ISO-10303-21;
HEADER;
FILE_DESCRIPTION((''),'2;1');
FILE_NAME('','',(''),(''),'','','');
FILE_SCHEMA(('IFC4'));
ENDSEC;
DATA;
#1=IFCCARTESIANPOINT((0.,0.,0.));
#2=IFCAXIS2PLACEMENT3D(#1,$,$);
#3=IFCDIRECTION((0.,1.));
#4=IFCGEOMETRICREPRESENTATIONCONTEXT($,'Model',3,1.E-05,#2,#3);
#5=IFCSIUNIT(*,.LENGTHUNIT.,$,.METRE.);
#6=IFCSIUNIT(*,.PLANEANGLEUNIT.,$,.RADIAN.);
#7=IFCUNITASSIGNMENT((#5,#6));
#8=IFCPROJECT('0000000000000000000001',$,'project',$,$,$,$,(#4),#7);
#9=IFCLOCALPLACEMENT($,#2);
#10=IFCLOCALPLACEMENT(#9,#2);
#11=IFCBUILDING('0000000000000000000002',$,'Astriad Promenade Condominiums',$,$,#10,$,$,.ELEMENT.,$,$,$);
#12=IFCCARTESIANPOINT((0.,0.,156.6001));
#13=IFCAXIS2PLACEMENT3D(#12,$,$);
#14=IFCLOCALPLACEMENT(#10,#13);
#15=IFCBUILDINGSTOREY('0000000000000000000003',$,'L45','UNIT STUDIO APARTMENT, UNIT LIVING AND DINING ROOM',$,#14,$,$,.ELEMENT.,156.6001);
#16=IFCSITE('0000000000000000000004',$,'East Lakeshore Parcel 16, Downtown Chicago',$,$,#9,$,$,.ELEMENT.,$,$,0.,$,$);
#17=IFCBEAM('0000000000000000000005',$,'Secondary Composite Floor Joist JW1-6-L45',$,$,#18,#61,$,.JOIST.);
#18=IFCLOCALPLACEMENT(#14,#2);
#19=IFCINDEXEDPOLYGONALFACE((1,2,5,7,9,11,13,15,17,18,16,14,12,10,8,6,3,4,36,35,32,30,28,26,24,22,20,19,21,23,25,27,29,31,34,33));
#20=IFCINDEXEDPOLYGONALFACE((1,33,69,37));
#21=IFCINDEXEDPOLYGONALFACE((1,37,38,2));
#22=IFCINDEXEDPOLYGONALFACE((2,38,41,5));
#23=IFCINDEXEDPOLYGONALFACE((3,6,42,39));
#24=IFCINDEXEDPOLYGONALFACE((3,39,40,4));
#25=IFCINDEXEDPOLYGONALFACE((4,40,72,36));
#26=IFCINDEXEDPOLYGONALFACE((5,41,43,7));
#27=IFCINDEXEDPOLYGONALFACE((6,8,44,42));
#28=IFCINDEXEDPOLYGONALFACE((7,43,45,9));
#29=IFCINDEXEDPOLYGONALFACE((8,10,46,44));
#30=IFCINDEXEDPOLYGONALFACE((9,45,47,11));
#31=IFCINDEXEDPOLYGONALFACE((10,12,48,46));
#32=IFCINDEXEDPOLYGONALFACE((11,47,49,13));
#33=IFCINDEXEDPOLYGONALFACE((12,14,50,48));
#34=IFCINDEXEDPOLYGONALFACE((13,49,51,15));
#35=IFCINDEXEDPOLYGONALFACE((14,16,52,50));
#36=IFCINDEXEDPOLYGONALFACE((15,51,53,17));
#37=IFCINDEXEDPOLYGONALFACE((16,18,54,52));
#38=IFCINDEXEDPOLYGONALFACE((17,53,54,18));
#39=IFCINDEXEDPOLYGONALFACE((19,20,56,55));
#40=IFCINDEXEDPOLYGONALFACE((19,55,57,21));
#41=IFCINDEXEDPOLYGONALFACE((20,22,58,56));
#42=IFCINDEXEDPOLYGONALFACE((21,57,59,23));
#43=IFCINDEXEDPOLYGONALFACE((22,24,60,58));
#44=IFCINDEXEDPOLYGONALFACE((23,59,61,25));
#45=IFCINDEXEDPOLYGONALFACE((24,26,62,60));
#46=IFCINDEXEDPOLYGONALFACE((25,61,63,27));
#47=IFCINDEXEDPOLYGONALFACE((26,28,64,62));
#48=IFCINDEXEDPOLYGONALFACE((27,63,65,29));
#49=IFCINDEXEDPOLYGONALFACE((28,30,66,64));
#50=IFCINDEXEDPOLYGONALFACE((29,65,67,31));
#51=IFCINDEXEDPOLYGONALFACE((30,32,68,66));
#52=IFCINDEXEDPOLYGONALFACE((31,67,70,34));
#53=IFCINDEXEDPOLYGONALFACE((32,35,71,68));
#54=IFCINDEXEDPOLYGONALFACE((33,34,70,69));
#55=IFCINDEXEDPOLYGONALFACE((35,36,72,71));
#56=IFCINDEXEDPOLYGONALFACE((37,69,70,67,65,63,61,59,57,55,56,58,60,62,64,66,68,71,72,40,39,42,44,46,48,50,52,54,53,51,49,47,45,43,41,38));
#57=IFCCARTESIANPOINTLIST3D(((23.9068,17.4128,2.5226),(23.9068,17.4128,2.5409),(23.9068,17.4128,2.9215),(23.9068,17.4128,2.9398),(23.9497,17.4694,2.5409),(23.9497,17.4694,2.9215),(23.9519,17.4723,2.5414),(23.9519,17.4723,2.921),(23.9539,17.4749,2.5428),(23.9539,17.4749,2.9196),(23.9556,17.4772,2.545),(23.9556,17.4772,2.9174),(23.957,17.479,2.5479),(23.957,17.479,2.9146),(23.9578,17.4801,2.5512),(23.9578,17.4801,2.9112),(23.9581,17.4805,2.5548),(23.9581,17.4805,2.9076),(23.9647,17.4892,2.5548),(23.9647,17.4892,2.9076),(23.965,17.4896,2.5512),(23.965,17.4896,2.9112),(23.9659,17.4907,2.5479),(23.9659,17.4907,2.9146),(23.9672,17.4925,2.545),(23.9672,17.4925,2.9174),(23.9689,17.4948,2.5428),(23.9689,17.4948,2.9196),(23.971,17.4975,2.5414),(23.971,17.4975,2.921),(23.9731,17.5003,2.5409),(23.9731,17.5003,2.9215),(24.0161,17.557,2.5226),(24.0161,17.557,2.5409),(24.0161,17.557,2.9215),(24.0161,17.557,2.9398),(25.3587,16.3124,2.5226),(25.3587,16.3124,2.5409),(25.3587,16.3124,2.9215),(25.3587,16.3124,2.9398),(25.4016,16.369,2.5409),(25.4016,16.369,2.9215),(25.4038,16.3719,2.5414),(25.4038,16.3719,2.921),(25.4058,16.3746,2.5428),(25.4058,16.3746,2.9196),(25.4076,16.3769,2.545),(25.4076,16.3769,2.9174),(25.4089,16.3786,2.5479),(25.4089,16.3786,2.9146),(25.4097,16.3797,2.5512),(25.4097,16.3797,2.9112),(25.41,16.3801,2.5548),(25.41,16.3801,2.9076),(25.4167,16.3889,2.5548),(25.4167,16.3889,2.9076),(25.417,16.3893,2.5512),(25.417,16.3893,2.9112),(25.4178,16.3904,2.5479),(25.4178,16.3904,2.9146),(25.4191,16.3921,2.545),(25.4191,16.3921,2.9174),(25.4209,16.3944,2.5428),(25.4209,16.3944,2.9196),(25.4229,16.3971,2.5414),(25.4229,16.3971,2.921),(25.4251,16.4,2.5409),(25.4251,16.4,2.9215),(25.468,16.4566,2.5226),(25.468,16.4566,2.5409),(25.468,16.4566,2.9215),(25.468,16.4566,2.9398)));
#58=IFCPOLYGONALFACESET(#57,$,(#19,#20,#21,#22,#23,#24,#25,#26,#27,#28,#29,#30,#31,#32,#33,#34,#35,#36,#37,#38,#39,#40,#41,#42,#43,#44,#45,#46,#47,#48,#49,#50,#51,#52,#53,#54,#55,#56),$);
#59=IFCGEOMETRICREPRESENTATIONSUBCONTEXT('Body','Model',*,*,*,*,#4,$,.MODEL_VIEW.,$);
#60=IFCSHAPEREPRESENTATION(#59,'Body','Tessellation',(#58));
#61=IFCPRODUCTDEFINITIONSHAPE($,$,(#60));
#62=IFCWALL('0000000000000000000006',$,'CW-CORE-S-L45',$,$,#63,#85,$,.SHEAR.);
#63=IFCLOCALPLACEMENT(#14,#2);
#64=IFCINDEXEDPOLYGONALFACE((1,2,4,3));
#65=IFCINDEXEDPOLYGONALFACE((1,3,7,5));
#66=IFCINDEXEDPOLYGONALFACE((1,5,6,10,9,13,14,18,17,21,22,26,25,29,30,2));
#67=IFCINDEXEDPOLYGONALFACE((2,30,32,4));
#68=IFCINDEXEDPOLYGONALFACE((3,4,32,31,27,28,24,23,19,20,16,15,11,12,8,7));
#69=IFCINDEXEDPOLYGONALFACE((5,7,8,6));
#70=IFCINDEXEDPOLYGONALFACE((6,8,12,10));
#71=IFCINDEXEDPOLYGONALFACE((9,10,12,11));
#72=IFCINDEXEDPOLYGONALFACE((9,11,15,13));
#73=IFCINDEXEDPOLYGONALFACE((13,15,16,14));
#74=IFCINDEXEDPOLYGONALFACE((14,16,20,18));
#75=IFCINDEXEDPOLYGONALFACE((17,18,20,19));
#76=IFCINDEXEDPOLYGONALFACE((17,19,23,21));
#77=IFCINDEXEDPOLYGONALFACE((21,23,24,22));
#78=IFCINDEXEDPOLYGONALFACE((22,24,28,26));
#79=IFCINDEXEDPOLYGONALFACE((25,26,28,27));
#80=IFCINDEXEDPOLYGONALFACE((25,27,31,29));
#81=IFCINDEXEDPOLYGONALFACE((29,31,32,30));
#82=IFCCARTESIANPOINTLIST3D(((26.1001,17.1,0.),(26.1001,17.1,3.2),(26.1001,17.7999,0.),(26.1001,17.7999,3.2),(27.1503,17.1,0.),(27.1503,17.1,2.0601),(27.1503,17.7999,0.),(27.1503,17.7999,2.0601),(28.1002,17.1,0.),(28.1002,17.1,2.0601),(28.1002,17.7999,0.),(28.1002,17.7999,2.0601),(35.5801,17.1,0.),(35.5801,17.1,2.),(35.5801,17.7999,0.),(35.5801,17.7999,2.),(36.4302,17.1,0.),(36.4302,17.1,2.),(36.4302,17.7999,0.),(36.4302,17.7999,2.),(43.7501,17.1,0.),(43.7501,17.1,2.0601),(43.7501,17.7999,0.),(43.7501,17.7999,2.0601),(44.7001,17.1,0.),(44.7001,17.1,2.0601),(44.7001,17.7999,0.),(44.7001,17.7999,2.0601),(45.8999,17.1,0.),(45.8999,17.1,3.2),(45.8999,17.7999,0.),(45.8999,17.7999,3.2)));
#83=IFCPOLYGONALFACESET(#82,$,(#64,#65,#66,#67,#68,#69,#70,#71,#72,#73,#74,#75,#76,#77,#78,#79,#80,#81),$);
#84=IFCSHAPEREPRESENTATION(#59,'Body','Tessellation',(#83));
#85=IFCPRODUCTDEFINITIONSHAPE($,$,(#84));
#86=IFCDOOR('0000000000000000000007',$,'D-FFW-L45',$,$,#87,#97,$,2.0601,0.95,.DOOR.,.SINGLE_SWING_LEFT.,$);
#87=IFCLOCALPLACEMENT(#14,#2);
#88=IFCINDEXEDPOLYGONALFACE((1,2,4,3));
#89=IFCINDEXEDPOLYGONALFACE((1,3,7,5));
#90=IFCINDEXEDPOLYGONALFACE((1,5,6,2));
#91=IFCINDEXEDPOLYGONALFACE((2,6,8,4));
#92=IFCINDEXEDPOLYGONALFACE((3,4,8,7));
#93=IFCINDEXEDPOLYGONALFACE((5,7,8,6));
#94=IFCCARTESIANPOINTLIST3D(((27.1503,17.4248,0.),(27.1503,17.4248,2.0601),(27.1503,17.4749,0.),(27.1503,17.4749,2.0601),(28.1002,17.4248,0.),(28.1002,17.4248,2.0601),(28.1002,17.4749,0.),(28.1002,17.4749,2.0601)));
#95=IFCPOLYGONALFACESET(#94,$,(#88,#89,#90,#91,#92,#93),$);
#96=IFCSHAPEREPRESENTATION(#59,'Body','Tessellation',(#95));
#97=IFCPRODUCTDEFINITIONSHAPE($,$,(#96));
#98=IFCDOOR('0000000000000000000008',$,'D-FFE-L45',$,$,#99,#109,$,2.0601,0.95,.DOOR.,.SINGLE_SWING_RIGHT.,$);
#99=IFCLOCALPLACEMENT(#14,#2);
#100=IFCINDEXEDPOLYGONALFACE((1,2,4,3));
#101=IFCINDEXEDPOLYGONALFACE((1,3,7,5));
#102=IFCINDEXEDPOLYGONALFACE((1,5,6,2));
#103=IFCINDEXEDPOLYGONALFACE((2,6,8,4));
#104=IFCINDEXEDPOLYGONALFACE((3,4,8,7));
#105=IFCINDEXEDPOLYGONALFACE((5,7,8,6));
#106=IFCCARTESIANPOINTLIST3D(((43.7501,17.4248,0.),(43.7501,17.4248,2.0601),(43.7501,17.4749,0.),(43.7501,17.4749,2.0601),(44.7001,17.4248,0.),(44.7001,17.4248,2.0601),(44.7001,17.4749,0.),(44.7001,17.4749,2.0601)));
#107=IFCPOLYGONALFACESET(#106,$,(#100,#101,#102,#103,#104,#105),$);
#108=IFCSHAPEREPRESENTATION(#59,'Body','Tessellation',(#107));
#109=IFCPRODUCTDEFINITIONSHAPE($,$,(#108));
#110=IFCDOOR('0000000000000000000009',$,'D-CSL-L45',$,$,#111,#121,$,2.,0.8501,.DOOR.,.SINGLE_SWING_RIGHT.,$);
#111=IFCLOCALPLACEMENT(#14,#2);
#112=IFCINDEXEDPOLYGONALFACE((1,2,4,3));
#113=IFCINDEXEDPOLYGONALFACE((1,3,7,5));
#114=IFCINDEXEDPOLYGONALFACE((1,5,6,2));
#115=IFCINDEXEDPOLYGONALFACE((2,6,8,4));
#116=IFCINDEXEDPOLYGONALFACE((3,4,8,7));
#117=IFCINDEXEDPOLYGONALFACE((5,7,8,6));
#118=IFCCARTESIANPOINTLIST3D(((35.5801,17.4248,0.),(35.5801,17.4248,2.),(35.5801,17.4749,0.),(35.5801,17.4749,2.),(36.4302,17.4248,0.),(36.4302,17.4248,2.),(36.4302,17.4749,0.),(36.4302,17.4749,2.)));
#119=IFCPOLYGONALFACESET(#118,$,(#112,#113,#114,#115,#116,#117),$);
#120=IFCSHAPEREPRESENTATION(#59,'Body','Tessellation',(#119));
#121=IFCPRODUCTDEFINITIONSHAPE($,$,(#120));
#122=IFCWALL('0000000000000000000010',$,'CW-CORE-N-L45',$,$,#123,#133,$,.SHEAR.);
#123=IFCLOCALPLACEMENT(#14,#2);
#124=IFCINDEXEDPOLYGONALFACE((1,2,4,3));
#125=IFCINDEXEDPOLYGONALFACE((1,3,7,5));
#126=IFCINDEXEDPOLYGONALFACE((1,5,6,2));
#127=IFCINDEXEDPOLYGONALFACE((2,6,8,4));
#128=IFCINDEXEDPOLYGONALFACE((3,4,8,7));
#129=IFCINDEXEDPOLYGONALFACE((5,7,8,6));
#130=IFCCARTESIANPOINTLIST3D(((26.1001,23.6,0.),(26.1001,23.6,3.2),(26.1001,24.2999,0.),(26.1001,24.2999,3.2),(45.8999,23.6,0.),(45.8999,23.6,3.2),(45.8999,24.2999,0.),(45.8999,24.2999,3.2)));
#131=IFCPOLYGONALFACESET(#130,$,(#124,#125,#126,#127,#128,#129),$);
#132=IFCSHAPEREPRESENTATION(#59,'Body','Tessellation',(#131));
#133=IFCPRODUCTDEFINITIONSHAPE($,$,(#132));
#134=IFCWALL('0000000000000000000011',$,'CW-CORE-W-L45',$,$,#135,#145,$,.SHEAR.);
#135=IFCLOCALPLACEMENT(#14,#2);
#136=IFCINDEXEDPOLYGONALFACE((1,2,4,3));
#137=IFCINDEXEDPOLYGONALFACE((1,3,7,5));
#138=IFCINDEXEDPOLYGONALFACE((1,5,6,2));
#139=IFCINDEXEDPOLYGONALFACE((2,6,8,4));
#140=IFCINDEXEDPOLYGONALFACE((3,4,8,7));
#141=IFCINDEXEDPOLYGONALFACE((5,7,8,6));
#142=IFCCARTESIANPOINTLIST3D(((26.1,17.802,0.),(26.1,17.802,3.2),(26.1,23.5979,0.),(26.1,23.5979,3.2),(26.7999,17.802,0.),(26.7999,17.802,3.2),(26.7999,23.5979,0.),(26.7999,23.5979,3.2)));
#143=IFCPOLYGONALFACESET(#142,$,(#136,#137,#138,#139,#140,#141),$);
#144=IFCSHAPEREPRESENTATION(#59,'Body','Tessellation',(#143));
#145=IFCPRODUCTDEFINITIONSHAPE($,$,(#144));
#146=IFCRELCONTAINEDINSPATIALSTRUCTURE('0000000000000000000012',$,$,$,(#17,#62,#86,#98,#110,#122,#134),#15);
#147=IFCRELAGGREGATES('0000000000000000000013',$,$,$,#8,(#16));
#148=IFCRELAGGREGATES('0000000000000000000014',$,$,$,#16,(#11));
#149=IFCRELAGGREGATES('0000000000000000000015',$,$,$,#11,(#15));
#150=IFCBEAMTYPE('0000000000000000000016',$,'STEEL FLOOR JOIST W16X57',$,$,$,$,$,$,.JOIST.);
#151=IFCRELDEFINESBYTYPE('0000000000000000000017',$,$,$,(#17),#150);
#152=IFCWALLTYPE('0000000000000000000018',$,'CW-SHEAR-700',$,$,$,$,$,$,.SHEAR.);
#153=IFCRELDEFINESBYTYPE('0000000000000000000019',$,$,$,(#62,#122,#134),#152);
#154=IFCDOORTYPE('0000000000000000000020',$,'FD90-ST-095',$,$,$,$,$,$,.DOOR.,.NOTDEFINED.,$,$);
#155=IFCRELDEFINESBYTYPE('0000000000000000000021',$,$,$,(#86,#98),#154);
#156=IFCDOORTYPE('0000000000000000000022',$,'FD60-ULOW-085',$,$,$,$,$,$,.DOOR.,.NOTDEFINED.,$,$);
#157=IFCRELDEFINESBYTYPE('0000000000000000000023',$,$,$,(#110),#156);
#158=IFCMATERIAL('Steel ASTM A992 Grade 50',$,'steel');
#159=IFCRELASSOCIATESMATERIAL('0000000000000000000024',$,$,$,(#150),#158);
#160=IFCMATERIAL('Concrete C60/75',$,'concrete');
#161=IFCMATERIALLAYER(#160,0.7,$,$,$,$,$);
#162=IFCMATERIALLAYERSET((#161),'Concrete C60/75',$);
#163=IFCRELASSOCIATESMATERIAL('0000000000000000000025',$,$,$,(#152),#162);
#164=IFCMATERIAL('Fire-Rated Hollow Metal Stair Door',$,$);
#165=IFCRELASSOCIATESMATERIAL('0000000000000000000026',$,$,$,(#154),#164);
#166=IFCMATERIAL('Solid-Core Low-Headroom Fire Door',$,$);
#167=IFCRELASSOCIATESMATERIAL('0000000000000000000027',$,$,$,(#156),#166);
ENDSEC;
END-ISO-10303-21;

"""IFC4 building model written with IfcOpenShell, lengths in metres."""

from ifc_helpers import new_model, si_unit, direction, frame, frame_2d, origin, origin_2d, place, context, subcontext, project, spatial, rectangle, i_section, extrude, source, transform, mapped, material, layer, layer_set, material_profile, profile_set, type_object, type_shapes, element, fill, save


model = new_model("IFC4")

# Units and contexts
model_context = context("Model", 3, precision=1e-05, world=origin(), true_north=direction((0.0, 1.0)))
body_context = subcontext(model_context, "Body", "Model", "MODEL_VIEW")
ifc_project = project(units=[si_unit("LENGTHUNIT", "METRE"), si_unit("PLANEANGLEUNIT", "RADIAN")], contexts=[model_context])

# Site, building, storey
site_placement = place(None, origin())
site = spatial("IfcSite", under=ifc_project, at=site_placement, Name="East Lakeshore Parcel 16, Downtown Chicago", CompositionType="ELEMENT", RefElevation=0.0)
building_placement = place(site_placement, origin())
building = spatial("IfcBuilding", under=site, at=building_placement, Name="Astriad Promenade Condominiums", CompositionType="ELEMENT")
storey_placement = place(building_placement, frame((0.0, 0.0, 156.6001)))
storey = spatial("IfcBuildingStorey", under=building, at=storey_placement, Name="L45", Description="UNIT STUDIO APARTMENT, UNIT LIVING AND DINING ROOM", CompositionType="ELEMENT", Elevation=156.6001)

# Shared definitions
ifc_material_1 = material(Name="Steel ASTM A992 Grade 50", Category="steel")
ifc_material_2 = material(Name="Concrete C60/75", Category="concrete")

# Beam
ifc_material_profile_1 = material_profile(ifc_material_1, i_section(OverallWidth=0.1809, OverallDepth=0.4172, WebThickness=0.011, FlangeThickness=0.0183, FilletRadius=0.0139, at=origin_2d()), Name="W16X57")
ifc_profile_set_1 = profile_set([ifc_material_profile_1], Name="Steel ASTM A992 Grade 50")
beam_type_1 = type_object("IfcBeamType", Name="STEEL FLOOR JOIST W16X57", PredefinedType="JOIST", material=ifc_profile_set_1)
shared_shape_1 = source(origin(), body_context, "Body", "SweptSolid", [
    extrude(i_section(OverallWidth=0.1809, OverallDepth=0.4172, WebThickness=0.011, FlangeThickness=0.0183, FilletRadius=0.0139, at=origin_2d()), origin(), (0.0, 0.0, 1.0), 1.8218),
])
beam_1_placement = place(storey_placement, frame((23.9614, 17.4849, 2.7312), z_axis=(0.796983, -0.604002, 0.0), x_axis=(0.604002, 0.796983, 0.0)))
element("IfcBeam", 1, at=beam_1_placement, inside=storey, type_object=beam_type_1, Name="Secondary Composite Floor Joist JW1-6-L45", PredefinedType="JOIST", context=body_context, shape_type="MappedRepresentation", body=[
    mapped(shared_shape_1, transform((0.0, 0.0, 0.0), scale=1.0)),
])

# Wall, openings, doors
ifc_layer_1 = layer(ifc_material_2, 0.7)
ifc_layer_set_1 = layer_set([ifc_layer_1], Name="Concrete C60/75")
wall_type_1 = type_object("IfcWallType", Name="CW-SHEAR-700", PredefinedType="SHEAR", material=ifc_layer_set_1)
wall_1_placement = place(storey_placement, frame((26.1001, 17.45, 0.0), z_axis=(0.0, 0.0, 1.0), x_axis=(1.0, 0.0, 0.0)))
wall_1 = element("IfcWall", 2, at=wall_1_placement, inside=storey, type_object=wall_type_1, Name="CW-CORE-S-L45", PredefinedType="SHEAR", context=body_context, shape_type="SweptSolid", body=[
    extrude(rectangle(XDim=19.7998, YDim=0.7, at=frame_2d((9.8999, 0.0))), origin(), (0.0, 0.0, 1.0), 3.2),
])
opening_1_placement = place(wall_1_placement, frame((1.05, 0.0, 0.0)))
opening_1 = element("IfcOpeningElement", 3, at=opening_1_placement, cuts=wall_1, PredefinedType="OPENING", context=body_context, shape_type="SweptSolid", body=[
    extrude(rectangle(XDim=0.95, YDim=2.0601, at=frame_2d((0.4751, 1.03))), frame((0.0, 0.3599, 0.0), z_axis=(0.0, -1.0, 0.0), x_axis=(1.0, 0.0, 0.0)), (0.0, 0.0, 1.0), 0.72),
])
opening_2_placement = place(wall_1_placement, frame((9.48, 0.0, 0.0)))
opening_2 = element("IfcOpeningElement", 4, at=opening_2_placement, cuts=wall_1, PredefinedType="OPENING", context=body_context, shape_type="SweptSolid", body=[
    extrude(rectangle(XDim=0.8501, YDim=2.0, at=frame_2d((0.425, 1.0))), frame((0.0, 0.3599, 0.0), z_axis=(0.0, -1.0, 0.0), x_axis=(1.0, 0.0, 0.0)), (0.0, 0.0, 1.0), 0.72),
])
opening_3_placement = place(wall_1_placement, frame((17.6499, 0.0, 0.0)))
opening_3 = element("IfcOpeningElement", 5, at=opening_3_placement, cuts=wall_1, PredefinedType="OPENING", context=body_context, shape_type="SweptSolid", body=[
    extrude(rectangle(XDim=0.95, YDim=2.0601, at=frame_2d((0.4751, 1.03))), frame((0.0, 0.3599, 0.0), z_axis=(0.0, -1.0, 0.0), x_axis=(1.0, 0.0, 0.0)), (0.0, 0.0, 1.0), 0.72),
])
ifc_material_3 = material(Name="Fire-Rated Hollow Metal Stair Door")
door_type_1 = type_object("IfcDoorType", Name="FD90-ST-095", OperationType="NOTDEFINED", PredefinedType="DOOR", material=ifc_material_3)
shared_shape_2 = source(origin(), body_context, "Body", "SweptSolid", [
    extrude(rectangle(XDim=0.95, YDim=2.0601, at=frame_2d((0.4751, 1.03))), frame((0.0, 0.0249, 0.0), z_axis=(0.0, -1.0, 0.0), x_axis=(1.0, 0.0, 0.0)), (0.0, 0.0, 1.0), 0.05),
])
type_shapes(door_type_1, [shared_shape_2])
door_1_placement = place(opening_1_placement, origin())
door_1 = element("IfcDoor", 6, at=door_1_placement, inside=storey, type_object=door_type_1, Name="D-FFW-L45", OperationType="SINGLE_SWING_LEFT", OverallHeight=2.0601, OverallWidth=0.95, PredefinedType="DOOR", context=body_context, shape_type="MappedRepresentation", body=[
    mapped(shared_shape_2, transform((0.0, 0.0, 0.0), scale=1.0)),
])
fill(opening_1, door_1)
door_2_placement = place(opening_3_placement, origin())
door_2 = element("IfcDoor", 7, at=door_2_placement, inside=storey, type_object=door_type_1, Name="D-FFE-L45", OperationType="SINGLE_SWING_RIGHT", OverallHeight=2.0601, OverallWidth=0.95, PredefinedType="DOOR", context=body_context, shape_type="MappedRepresentation", body=[
    mapped(shared_shape_2, transform((0.0, 0.0, 0.0), scale=1.0)),
])
fill(opening_3, door_2)
ifc_material_4 = material(Name="Solid-Core Low-Headroom Fire Door")
door_type_2 = type_object("IfcDoorType", Name="FD60-ULOW-085", OperationType="NOTDEFINED", PredefinedType="DOOR", material=ifc_material_4)
shared_shape_3 = source(origin(), body_context, "Body", "SweptSolid", [
    extrude(rectangle(XDim=0.8501, YDim=2.0, at=frame_2d((0.425, 1.0))), frame((0.0, 0.0249, 0.0), z_axis=(0.0, -1.0, 0.0), x_axis=(1.0, 0.0, 0.0)), (0.0, 0.0, 1.0), 0.05),
])
type_shapes(door_type_2, [shared_shape_3])
door_3_placement = place(opening_2_placement, origin())
door_3 = element("IfcDoor", 8, at=door_3_placement, inside=storey, type_object=door_type_2, Name="D-CSL-L45", OperationType="SINGLE_SWING_RIGHT", OverallHeight=2.0, OverallWidth=0.8501, PredefinedType="DOOR", context=body_context, shape_type="MappedRepresentation", body=[
    mapped(shared_shape_3, transform((0.0, 0.0, 0.0), scale=1.0)),
])
fill(opening_2, door_3)

# Walls
wall_2_placement = place(storey_placement, frame((26.1001, 23.95, 0.0), z_axis=(0.0, 0.0, 1.0), x_axis=(1.0, 0.0, 0.0)))
element("IfcWall", 9, at=wall_2_placement, inside=storey, type_object=wall_type_1, Name="CW-CORE-N-L45", PredefinedType="SHEAR", context=body_context, shape_type="SweptSolid", body=[
    extrude(rectangle(XDim=19.7998, YDim=0.7, at=frame_2d((9.8999, 0.0))), origin(), (0.0, 0.0, 1.0), 3.2),
])
wall_3_placement = place(storey_placement, frame((26.45, 17.802, 0.0), z_axis=(0.0, 0.0, 1.0), x_axis=(0.0, 1.0, 0.0)))
element("IfcWall", 10, at=wall_3_placement, inside=storey, type_object=wall_type_1, Name="CW-CORE-W-L45", PredefinedType="SHEAR", context=body_context, shape_type="SweptSolid", body=[
    extrude(rectangle(XDim=5.7959, YDim=0.7, at=frame_2d((2.8979, 0.0))), origin(), (0.0, 0.0, 1.0), 3.2),
])

save(model, "model.ifc")
